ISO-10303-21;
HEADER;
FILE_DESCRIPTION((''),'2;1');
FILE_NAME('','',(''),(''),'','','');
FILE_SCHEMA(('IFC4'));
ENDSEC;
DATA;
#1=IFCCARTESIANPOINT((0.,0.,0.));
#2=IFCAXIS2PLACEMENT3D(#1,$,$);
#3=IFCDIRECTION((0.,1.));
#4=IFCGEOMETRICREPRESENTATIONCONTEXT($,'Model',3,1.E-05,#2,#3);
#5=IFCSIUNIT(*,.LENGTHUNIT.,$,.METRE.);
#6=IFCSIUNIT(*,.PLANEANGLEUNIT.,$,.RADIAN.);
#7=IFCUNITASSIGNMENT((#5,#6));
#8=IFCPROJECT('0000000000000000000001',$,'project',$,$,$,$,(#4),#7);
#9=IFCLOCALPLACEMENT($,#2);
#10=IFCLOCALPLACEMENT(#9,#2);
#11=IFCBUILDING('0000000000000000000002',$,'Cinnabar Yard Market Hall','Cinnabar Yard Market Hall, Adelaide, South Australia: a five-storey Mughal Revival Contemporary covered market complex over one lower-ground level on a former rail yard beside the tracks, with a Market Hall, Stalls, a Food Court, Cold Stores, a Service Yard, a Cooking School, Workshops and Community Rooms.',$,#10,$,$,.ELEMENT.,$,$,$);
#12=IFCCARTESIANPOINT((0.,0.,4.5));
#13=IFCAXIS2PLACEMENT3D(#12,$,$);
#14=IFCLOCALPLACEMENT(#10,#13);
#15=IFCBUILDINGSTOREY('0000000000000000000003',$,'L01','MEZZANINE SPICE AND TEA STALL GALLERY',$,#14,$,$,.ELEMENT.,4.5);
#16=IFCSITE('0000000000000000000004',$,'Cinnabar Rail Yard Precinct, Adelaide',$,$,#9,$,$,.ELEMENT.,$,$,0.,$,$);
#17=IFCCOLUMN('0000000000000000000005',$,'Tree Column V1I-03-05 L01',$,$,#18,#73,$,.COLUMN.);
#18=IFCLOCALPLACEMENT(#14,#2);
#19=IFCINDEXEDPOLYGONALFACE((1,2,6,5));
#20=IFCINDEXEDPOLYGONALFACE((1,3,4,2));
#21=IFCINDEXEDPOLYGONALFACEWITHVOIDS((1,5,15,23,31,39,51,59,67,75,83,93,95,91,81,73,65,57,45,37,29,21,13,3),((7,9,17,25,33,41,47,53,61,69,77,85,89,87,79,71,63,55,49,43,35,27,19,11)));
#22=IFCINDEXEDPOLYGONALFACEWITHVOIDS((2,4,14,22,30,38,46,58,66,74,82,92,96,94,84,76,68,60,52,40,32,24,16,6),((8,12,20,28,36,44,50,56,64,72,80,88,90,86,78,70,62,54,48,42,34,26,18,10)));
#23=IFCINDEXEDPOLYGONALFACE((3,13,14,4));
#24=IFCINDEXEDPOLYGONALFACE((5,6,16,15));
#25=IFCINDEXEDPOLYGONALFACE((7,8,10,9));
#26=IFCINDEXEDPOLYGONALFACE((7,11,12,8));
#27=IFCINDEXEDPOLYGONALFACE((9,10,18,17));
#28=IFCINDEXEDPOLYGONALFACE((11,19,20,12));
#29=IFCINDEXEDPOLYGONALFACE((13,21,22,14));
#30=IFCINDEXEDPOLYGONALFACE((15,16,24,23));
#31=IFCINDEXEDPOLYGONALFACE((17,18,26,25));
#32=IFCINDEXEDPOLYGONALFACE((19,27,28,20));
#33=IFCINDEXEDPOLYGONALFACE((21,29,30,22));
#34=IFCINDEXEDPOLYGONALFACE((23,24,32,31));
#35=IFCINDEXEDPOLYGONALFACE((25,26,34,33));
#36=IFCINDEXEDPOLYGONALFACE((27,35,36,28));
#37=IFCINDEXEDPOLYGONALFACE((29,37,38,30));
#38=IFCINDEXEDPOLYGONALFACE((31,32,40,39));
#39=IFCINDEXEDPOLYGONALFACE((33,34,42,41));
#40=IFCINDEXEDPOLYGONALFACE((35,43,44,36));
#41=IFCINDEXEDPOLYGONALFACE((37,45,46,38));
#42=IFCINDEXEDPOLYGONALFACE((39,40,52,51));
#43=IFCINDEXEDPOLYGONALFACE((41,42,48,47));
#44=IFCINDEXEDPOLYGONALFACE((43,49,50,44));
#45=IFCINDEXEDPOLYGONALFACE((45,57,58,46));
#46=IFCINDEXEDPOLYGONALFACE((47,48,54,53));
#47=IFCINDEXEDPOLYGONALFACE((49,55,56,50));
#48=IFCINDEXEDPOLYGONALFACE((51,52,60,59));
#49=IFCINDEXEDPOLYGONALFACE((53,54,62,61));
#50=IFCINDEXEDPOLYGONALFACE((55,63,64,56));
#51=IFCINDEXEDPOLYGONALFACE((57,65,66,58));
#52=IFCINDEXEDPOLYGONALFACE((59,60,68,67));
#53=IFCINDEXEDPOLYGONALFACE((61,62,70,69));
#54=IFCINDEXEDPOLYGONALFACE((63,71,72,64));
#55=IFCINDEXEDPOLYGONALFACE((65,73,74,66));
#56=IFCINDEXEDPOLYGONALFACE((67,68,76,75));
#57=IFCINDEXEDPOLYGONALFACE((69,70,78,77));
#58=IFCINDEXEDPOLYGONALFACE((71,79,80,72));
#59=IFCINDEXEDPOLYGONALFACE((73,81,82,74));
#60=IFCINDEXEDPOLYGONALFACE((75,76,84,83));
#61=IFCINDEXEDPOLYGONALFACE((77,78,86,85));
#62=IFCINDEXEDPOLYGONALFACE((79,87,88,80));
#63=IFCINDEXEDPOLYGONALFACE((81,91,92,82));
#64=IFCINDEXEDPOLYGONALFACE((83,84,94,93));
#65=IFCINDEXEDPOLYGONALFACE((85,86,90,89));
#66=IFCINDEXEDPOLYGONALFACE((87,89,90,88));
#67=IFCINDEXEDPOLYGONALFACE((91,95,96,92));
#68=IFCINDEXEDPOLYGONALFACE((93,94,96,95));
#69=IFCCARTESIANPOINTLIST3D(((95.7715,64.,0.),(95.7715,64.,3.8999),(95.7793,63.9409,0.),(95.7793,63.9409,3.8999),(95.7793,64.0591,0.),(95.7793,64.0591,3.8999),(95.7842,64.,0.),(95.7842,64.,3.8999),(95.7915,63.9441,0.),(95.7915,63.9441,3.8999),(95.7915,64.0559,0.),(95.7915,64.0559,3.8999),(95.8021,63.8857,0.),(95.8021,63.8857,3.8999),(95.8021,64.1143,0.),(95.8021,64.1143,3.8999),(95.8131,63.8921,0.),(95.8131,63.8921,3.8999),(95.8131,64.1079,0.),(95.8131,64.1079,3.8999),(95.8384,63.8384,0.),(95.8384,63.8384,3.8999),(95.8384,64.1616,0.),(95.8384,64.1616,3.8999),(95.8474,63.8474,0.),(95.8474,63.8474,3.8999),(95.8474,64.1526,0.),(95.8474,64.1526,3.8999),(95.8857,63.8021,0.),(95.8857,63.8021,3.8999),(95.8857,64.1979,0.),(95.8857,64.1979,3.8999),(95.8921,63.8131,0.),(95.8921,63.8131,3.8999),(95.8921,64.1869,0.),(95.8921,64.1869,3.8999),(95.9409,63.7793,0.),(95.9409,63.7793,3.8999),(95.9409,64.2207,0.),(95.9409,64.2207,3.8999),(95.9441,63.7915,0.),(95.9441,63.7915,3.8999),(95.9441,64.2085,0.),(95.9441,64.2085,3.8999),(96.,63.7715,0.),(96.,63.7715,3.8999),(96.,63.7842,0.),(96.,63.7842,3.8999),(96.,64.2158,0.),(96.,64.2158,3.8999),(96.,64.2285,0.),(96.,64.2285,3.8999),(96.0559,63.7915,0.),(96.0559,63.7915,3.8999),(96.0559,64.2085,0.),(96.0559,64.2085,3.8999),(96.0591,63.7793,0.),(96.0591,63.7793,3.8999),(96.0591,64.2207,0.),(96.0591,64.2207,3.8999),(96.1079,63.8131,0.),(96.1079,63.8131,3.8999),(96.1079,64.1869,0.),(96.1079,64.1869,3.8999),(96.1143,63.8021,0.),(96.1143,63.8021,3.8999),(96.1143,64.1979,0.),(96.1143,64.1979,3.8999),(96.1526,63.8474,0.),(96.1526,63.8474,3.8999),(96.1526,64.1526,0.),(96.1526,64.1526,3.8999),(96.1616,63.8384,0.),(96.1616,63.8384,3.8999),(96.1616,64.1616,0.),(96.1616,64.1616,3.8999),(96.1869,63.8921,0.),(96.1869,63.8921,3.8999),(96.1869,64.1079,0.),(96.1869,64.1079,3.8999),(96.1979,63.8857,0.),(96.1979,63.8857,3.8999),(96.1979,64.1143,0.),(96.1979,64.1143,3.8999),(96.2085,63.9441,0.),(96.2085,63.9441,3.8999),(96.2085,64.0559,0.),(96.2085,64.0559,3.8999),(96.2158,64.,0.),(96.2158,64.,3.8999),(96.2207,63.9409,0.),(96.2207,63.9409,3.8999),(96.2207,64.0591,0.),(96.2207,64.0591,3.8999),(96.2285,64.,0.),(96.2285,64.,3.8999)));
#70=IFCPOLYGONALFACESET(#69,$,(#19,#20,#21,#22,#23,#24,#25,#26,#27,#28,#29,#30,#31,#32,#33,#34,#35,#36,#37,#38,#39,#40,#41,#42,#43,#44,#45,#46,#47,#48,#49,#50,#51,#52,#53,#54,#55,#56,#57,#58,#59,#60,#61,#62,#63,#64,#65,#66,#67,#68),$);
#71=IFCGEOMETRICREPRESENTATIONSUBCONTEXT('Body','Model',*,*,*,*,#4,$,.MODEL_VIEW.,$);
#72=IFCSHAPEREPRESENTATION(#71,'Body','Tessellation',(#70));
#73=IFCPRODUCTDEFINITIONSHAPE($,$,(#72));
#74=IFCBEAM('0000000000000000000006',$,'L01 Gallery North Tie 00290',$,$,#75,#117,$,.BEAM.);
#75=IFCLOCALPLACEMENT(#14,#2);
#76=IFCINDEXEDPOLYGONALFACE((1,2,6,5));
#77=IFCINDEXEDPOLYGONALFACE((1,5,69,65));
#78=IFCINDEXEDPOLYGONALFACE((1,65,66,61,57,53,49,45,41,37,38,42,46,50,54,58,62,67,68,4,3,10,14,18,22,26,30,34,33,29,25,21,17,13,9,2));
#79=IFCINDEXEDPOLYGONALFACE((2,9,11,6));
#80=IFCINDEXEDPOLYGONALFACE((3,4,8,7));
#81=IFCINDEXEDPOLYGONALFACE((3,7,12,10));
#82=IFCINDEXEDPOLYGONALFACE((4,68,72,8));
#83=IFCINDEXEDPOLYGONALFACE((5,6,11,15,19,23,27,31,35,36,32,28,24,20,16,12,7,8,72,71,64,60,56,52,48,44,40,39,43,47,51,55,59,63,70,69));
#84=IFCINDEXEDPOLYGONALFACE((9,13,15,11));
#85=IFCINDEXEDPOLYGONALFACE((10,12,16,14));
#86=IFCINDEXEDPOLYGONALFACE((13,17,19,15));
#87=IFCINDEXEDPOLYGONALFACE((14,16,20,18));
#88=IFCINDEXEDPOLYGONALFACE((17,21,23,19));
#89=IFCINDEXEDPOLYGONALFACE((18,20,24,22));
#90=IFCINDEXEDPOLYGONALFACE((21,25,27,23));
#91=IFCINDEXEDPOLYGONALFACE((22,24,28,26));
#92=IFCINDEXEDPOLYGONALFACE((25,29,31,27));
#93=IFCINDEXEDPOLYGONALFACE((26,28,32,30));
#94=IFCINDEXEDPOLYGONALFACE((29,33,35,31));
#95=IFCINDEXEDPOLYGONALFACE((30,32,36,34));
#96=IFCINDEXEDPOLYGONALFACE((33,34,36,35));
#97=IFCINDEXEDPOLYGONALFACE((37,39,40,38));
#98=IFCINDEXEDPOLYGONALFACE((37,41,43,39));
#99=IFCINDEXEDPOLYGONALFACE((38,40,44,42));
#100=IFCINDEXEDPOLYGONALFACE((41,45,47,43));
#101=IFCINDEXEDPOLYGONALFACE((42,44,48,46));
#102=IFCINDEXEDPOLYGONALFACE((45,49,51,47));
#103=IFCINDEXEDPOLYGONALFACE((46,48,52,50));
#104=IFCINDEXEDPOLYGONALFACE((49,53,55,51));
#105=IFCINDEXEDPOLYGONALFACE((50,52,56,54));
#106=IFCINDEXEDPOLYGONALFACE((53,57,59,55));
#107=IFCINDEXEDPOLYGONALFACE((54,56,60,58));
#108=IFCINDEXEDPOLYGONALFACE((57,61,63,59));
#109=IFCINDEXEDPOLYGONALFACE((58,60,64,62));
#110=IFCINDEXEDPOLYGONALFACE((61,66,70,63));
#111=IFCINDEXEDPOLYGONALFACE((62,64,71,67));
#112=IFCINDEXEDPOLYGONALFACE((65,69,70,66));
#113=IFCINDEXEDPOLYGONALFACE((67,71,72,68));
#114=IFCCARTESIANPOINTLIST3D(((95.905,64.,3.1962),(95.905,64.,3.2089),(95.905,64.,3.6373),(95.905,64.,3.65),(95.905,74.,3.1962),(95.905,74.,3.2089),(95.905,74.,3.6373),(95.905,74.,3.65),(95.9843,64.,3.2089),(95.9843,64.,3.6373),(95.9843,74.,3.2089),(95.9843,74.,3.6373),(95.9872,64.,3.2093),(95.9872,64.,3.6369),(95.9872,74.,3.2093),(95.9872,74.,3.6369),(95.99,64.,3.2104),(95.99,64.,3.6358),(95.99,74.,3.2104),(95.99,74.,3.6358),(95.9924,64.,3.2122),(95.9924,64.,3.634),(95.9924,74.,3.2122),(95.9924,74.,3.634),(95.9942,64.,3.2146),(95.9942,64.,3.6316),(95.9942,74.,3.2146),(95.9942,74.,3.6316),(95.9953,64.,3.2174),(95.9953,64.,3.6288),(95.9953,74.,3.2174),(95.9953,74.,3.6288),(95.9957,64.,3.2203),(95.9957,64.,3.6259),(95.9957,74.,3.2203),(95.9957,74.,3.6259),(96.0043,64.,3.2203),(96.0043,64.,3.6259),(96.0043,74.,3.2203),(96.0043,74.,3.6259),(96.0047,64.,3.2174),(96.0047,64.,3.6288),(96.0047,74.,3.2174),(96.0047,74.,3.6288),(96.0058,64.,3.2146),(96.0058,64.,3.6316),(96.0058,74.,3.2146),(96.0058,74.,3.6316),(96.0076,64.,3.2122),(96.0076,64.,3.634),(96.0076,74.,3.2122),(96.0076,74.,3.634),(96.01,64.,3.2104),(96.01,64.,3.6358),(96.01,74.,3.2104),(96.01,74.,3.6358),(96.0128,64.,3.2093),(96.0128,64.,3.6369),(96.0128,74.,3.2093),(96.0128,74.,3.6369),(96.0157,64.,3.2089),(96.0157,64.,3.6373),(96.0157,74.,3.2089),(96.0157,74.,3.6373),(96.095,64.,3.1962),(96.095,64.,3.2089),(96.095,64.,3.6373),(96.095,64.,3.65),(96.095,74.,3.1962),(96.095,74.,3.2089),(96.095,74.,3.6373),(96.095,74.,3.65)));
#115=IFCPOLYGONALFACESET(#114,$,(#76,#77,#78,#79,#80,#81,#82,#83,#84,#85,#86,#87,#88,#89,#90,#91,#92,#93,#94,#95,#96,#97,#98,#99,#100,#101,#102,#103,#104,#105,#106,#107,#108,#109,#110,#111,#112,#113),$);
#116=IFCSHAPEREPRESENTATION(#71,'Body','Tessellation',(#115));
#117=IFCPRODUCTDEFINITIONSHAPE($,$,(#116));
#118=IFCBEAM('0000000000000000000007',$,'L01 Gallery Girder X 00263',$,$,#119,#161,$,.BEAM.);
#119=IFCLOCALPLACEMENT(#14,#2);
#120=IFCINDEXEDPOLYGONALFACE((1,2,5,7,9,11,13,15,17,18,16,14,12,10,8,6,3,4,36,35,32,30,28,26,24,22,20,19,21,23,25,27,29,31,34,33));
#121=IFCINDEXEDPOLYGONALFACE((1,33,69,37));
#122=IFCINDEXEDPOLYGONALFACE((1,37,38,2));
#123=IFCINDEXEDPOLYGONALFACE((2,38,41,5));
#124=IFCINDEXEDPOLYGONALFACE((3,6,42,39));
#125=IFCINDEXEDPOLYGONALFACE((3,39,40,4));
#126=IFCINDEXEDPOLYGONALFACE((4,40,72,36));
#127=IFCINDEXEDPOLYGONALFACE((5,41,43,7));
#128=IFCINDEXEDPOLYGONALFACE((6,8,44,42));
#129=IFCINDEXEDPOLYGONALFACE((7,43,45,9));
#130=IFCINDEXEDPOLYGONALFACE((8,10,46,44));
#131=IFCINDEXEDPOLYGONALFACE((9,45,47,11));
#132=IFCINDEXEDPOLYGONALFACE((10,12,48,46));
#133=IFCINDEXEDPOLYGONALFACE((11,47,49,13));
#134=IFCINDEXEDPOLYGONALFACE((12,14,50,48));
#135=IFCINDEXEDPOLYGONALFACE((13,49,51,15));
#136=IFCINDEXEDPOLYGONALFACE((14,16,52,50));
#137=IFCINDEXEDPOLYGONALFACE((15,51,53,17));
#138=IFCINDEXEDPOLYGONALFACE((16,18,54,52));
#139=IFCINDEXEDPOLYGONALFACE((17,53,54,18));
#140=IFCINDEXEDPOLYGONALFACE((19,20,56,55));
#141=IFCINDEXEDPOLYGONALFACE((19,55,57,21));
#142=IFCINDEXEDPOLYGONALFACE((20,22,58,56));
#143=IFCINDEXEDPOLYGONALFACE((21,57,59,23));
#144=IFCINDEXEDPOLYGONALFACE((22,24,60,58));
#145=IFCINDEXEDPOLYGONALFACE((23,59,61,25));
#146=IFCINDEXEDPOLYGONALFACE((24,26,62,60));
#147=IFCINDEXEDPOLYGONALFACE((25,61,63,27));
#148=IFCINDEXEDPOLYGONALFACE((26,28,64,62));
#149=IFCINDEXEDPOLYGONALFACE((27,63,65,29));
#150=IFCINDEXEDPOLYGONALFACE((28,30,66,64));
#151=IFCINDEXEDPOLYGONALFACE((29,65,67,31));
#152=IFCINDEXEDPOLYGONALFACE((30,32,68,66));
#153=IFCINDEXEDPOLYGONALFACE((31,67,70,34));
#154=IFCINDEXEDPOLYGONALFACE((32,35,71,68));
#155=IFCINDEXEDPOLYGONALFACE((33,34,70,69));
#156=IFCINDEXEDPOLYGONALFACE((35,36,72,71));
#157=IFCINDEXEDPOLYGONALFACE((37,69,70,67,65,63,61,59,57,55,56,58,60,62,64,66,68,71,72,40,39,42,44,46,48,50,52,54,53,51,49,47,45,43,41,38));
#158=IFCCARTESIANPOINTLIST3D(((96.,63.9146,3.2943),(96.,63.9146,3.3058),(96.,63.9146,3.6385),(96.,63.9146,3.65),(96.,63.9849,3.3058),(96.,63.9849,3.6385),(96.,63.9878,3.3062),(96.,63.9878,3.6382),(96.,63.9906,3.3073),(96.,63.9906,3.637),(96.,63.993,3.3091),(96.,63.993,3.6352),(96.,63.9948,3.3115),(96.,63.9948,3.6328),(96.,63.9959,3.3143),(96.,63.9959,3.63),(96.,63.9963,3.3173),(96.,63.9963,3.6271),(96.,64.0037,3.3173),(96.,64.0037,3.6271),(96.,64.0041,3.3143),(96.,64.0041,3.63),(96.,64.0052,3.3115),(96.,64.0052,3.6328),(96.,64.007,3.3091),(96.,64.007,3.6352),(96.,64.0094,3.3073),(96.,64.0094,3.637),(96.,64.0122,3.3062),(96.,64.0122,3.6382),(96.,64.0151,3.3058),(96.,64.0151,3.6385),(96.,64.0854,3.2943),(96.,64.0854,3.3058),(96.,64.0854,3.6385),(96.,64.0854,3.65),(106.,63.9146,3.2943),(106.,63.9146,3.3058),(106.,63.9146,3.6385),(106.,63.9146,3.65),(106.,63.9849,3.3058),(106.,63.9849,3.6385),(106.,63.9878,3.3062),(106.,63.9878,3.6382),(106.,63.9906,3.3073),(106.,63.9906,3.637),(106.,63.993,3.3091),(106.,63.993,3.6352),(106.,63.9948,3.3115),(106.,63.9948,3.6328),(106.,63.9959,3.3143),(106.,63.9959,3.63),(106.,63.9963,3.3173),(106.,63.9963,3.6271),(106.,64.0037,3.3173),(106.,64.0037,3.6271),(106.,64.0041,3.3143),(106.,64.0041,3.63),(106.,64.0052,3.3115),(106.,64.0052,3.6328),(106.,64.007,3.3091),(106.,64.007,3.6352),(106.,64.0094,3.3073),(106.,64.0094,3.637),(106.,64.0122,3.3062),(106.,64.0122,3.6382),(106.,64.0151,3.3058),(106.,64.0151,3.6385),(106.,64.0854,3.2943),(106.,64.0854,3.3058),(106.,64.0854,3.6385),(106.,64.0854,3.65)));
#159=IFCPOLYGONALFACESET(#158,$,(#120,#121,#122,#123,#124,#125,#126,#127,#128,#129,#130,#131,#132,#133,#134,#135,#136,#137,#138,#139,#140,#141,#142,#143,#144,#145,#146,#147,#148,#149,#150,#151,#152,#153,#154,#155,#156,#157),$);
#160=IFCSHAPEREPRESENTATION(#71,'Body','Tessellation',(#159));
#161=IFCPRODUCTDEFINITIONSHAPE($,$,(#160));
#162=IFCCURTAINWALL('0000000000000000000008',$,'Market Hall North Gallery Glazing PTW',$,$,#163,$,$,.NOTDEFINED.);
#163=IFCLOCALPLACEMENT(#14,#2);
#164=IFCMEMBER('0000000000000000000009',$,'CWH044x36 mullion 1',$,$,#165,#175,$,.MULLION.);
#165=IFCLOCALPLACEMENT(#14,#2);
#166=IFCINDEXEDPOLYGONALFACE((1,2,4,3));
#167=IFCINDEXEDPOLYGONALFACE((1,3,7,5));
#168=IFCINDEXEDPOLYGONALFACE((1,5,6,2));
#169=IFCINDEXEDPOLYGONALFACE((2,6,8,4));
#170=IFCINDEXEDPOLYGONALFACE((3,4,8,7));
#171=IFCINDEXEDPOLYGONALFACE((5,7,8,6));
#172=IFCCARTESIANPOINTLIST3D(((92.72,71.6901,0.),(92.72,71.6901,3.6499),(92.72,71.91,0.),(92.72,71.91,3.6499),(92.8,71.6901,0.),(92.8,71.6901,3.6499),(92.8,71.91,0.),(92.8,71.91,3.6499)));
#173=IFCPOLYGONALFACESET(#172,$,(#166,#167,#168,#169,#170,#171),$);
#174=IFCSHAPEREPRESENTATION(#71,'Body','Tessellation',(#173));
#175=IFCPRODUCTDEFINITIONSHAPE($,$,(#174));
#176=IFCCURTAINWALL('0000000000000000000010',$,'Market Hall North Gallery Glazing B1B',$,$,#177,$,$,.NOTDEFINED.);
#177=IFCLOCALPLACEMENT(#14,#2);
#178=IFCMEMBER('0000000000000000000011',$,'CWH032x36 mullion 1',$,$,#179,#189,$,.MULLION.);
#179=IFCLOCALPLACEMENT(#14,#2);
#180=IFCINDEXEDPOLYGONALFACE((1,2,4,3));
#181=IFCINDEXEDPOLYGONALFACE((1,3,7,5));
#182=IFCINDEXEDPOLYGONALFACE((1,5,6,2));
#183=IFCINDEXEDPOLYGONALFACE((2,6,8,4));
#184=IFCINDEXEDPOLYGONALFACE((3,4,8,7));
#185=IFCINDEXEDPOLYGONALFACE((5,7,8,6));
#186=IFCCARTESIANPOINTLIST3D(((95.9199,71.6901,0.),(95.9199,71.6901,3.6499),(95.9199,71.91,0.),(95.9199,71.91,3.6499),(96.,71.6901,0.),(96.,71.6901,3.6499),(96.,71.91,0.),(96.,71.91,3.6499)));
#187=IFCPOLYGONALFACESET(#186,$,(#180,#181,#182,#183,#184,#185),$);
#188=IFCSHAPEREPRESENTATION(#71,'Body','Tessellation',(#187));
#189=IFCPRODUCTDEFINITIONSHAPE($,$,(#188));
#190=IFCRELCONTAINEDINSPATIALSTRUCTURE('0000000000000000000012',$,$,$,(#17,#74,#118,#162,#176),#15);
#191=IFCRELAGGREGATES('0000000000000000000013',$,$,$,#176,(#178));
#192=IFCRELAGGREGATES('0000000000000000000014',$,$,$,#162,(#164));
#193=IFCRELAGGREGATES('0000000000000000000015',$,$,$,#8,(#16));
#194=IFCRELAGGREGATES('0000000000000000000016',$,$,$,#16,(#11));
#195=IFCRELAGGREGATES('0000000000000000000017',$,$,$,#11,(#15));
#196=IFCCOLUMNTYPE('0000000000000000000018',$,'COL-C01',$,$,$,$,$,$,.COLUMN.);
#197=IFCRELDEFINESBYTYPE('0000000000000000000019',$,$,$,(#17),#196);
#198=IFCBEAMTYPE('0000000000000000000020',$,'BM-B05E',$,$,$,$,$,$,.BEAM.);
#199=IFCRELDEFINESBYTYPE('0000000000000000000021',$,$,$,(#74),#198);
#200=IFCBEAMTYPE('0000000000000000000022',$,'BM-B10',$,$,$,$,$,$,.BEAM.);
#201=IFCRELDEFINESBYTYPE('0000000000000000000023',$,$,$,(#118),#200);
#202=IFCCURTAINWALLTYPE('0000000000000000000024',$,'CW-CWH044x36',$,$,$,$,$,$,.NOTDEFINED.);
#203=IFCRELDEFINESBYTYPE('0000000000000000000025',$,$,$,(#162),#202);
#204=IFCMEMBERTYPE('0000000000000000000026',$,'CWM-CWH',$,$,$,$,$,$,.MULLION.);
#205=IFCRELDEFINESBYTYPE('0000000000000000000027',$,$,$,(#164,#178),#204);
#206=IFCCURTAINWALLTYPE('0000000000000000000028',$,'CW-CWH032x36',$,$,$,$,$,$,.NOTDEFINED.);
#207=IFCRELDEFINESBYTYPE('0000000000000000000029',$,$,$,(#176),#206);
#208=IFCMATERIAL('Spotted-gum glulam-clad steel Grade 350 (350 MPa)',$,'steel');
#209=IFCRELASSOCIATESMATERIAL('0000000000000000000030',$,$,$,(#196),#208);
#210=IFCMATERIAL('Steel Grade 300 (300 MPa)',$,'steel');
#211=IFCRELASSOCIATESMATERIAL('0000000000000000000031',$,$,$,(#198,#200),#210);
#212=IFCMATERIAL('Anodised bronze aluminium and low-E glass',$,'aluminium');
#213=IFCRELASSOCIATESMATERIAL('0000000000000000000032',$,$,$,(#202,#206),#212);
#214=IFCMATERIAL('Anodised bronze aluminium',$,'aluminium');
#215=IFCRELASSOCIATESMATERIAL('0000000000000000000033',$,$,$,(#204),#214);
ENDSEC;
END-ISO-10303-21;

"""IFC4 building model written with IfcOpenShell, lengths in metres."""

from ifc_helpers import new_model, si_unit, direction, frame, origin, origin_2d_with_axis, place, context, subcontext, project, spatial, rectangle, hollow_circle, i_section, extrude, material, material_profile, profile_set, type_object, element, aggregate, save


model = new_model("IFC4")

# Units and contexts
model_context = context("Model", 3, precision=1e-05, world=origin(), true_north=direction((0.0, 1.0)))
body_context = subcontext(model_context, "Body", "Model", "MODEL_VIEW")
ifc_project = project(units=[si_unit("LENGTHUNIT", "METRE"), si_unit("PLANEANGLEUNIT", "RADIAN")], contexts=[model_context])

# Site, building, storey
site_placement = place(None, origin())
site = spatial("IfcSite", under=ifc_project, at=site_placement, Name="Cinnabar Rail Yard Precinct, Adelaide", CompositionType="ELEMENT", RefElevation=0.0)
building_placement = place(site_placement, origin())
building = spatial("IfcBuilding", under=site, at=building_placement, Name="Cinnabar Yard Market Hall", Description="Cinnabar Yard Market Hall, Adelaide, South Australia: a five-storey Mughal Revival Contemporary covered market complex over one lower-ground level on a former rail yard beside the tracks, with a Market Hall, Stalls, a Food Court, Cold Stores, a Service Yard, a Cooking School, Workshops and Community Rooms.", CompositionType="ELEMENT")
storey_placement = place(building_placement, frame((0.0, 0.0, 4.5)))
storey = spatial("IfcBuildingStorey", under=building, at=storey_placement, Name="L01", Description="MEZZANINE SPICE AND TEA STALL GALLERY", CompositionType="ELEMENT", Elevation=4.5)

# Column
ifc_material_1 = material(Name="Spotted-gum glulam-clad steel Grade 350 (350 MPa)", Category="steel")
ifc_material_profile_1 = material_profile(ifc_material_1, hollow_circle(Radius=0.2285, WallThickness=0.0127, at=origin_2d_with_axis()), Name="457.0x12.7CHS")
ifc_profile_set_1 = profile_set([ifc_material_profile_1], Name="Spotted-gum glulam-clad steel Grade 350 (350 MPa)")
column_type = type_object("IfcColumnType", Name="COL-C01", PredefinedType="COLUMN", material=ifc_profile_set_1)
column_placement = place(storey_placement, frame((96.0, 64.0, 0.0), z_axis=(0.0, 0.0, 1.0), x_axis=(1.0, 0.0, 0.0)))
element("IfcColumn", 1, at=column_placement, inside=storey, type_object=column_type, Name="Tree Column V1I-03-05 L01", PredefinedType="COLUMN", context=body_context, shape_type="SweptSolid", body=[
    extrude(hollow_circle(Radius=0.2285, WallThickness=0.0127, at=origin_2d_with_axis()), origin(), (0.0, 0.0, 1.0), 3.8999),
])

# Beams
ifc_material_2 = material(Name="Steel Grade 300 (300 MPa)", Category="steel")
ifc_material_profile_2 = material_profile(ifc_material_2, i_section(OverallWidth=0.1899, OverallDepth=0.4539, WebThickness=0.0085, FlangeThickness=0.0127, FilletRadius=0.0115, at=origin_2d_with_axis()), Name="460UB67.1")
ifc_profile_set_2 = profile_set([ifc_material_profile_2], Name="Steel Grade 300 (300 MPa)")
beam_type_1 = type_object("IfcBeamType", Name="BM-B05E", PredefinedType="BEAM", material=ifc_profile_set_2)
beam_1_placement = place(storey_placement, frame((96.0, 64.0, 3.4231), z_axis=(0.0, 1.0, 0.0), x_axis=(-1.0, 0.0, 0.0)))
element("IfcBeam", 2, at=beam_1_placement, inside=storey, type_object=beam_type_1, Name="L01 Gallery North Tie 00290", PredefinedType="BEAM", context=body_context, shape_type="SweptSolid", body=[
    extrude(i_section(OverallWidth=0.1899, OverallDepth=0.4539, WebThickness=0.0085, FlangeThickness=0.0127, FilletRadius=0.0115, at=origin_2d_with_axis()), origin(), (0.0, 0.0, 1.0), 10.0),
])
ifc_material_profile_3 = material_profile(ifc_material_2, i_section(OverallWidth=0.1709, OverallDepth=0.3557, WebThickness=0.0073, FlangeThickness=0.0115, FilletRadius=0.0115, at=origin_2d_with_axis()), Name="360UB50.7")
ifc_profile_set_3 = profile_set([ifc_material_profile_3], Name="Steel Grade 300 (300 MPa)")
beam_type_2 = type_object("IfcBeamType", Name="BM-B10", PredefinedType="BEAM", material=ifc_profile_set_3)
beam_2_placement = place(storey_placement, frame((96.0, 64.0, 3.4722), z_axis=(1.0, 0.0, 0.0), x_axis=(0.0, 1.0, 0.0)))
element("IfcBeam", 3, at=beam_2_placement, inside=storey, type_object=beam_type_2, Name="L01 Gallery Girder X 00263", PredefinedType="BEAM", context=body_context, shape_type="SweptSolid", body=[
    extrude(i_section(OverallWidth=0.1709, OverallDepth=0.3557, WebThickness=0.0073, FlangeThickness=0.0115, FilletRadius=0.0115, at=origin_2d_with_axis()), origin(), (0.0, 0.0, 1.0), 10.0),
])

# Curtain wall, member
ifc_material_3 = material(Name="Anodised bronze aluminium and low-E glass", Category="aluminium")
curtain_wall_type_1 = type_object("IfcCurtainWallType", Name="CW-CWH044x36", PredefinedType="NOTDEFINED", material=ifc_material_3)
curtain_wall_1_placement = place(storey_placement, origin())
curtain_wall_1 = element("IfcCurtainWall", 4, at=curtain_wall_1_placement, inside=storey, type_object=curtain_wall_type_1, Name="Market Hall North Gallery Glazing PTW", PredefinedType="NOTDEFINED")
ifc_material_4 = material(Name="Anodised bronze aluminium", Category="aluminium")
ifc_material_profile_4 = material_profile(ifc_material_4, rectangle(XDim=0.22, YDim=0.0801, at=origin_2d_with_axis()), Name="MUL-CWH")
ifc_profile_set_4 = profile_set([ifc_material_profile_4], Name="Anodised bronze aluminium")
member_type_1 = type_object("IfcMemberType", Name="CWM-CWH", PredefinedType="MULLION", material=ifc_profile_set_4)
member_1_placement = place(storey_placement, frame((92.76, 71.8, 0.0), z_axis=(0.0, 0.0, 1.0), x_axis=(0.0, -1.0, 0.0)))
member_1 = element("IfcMember", 5, at=member_1_placement, type_object=member_type_1, Name="CWH044x36 mullion 1", PredefinedType="MULLION", context=body_context, shape_type="SweptSolid", body=[
    extrude(rectangle(XDim=0.22, YDim=0.0801, at=origin_2d_with_axis()), origin(), (0.0, 0.0, 1.0), 3.6499),
])

# Curtain wall, member
curtain_wall_type_2 = type_object("IfcCurtainWallType", Name="CW-CWH032x36", PredefinedType="NOTDEFINED", material=ifc_material_3)
curtain_wall_2_placement = place(storey_placement, origin())
curtain_wall_2 = element("IfcCurtainWall", 6, at=curtain_wall_2_placement, inside=storey, type_object=curtain_wall_type_2, Name="Market Hall North Gallery Glazing B1B", PredefinedType="NOTDEFINED")
member_2_placement = place(storey_placement, frame((95.96, 71.8, 0.0), z_axis=(0.0, 0.0, 1.0), x_axis=(0.0, -1.0, 0.0)))
member_2 = element("IfcMember", 7, at=member_2_placement, type_object=member_type_1, Name="CWH032x36 mullion 1", PredefinedType="MULLION", context=body_context, shape_type="SweptSolid", body=[
    extrude(rectangle(XDim=0.22, YDim=0.0801, at=origin_2d_with_axis()), origin(), (0.0, 0.0, 1.0), 3.6499),
])

aggregate(curtain_wall_2, [member_2])
aggregate(curtain_wall_1, [member_1])

save(model, "model.ifc")
